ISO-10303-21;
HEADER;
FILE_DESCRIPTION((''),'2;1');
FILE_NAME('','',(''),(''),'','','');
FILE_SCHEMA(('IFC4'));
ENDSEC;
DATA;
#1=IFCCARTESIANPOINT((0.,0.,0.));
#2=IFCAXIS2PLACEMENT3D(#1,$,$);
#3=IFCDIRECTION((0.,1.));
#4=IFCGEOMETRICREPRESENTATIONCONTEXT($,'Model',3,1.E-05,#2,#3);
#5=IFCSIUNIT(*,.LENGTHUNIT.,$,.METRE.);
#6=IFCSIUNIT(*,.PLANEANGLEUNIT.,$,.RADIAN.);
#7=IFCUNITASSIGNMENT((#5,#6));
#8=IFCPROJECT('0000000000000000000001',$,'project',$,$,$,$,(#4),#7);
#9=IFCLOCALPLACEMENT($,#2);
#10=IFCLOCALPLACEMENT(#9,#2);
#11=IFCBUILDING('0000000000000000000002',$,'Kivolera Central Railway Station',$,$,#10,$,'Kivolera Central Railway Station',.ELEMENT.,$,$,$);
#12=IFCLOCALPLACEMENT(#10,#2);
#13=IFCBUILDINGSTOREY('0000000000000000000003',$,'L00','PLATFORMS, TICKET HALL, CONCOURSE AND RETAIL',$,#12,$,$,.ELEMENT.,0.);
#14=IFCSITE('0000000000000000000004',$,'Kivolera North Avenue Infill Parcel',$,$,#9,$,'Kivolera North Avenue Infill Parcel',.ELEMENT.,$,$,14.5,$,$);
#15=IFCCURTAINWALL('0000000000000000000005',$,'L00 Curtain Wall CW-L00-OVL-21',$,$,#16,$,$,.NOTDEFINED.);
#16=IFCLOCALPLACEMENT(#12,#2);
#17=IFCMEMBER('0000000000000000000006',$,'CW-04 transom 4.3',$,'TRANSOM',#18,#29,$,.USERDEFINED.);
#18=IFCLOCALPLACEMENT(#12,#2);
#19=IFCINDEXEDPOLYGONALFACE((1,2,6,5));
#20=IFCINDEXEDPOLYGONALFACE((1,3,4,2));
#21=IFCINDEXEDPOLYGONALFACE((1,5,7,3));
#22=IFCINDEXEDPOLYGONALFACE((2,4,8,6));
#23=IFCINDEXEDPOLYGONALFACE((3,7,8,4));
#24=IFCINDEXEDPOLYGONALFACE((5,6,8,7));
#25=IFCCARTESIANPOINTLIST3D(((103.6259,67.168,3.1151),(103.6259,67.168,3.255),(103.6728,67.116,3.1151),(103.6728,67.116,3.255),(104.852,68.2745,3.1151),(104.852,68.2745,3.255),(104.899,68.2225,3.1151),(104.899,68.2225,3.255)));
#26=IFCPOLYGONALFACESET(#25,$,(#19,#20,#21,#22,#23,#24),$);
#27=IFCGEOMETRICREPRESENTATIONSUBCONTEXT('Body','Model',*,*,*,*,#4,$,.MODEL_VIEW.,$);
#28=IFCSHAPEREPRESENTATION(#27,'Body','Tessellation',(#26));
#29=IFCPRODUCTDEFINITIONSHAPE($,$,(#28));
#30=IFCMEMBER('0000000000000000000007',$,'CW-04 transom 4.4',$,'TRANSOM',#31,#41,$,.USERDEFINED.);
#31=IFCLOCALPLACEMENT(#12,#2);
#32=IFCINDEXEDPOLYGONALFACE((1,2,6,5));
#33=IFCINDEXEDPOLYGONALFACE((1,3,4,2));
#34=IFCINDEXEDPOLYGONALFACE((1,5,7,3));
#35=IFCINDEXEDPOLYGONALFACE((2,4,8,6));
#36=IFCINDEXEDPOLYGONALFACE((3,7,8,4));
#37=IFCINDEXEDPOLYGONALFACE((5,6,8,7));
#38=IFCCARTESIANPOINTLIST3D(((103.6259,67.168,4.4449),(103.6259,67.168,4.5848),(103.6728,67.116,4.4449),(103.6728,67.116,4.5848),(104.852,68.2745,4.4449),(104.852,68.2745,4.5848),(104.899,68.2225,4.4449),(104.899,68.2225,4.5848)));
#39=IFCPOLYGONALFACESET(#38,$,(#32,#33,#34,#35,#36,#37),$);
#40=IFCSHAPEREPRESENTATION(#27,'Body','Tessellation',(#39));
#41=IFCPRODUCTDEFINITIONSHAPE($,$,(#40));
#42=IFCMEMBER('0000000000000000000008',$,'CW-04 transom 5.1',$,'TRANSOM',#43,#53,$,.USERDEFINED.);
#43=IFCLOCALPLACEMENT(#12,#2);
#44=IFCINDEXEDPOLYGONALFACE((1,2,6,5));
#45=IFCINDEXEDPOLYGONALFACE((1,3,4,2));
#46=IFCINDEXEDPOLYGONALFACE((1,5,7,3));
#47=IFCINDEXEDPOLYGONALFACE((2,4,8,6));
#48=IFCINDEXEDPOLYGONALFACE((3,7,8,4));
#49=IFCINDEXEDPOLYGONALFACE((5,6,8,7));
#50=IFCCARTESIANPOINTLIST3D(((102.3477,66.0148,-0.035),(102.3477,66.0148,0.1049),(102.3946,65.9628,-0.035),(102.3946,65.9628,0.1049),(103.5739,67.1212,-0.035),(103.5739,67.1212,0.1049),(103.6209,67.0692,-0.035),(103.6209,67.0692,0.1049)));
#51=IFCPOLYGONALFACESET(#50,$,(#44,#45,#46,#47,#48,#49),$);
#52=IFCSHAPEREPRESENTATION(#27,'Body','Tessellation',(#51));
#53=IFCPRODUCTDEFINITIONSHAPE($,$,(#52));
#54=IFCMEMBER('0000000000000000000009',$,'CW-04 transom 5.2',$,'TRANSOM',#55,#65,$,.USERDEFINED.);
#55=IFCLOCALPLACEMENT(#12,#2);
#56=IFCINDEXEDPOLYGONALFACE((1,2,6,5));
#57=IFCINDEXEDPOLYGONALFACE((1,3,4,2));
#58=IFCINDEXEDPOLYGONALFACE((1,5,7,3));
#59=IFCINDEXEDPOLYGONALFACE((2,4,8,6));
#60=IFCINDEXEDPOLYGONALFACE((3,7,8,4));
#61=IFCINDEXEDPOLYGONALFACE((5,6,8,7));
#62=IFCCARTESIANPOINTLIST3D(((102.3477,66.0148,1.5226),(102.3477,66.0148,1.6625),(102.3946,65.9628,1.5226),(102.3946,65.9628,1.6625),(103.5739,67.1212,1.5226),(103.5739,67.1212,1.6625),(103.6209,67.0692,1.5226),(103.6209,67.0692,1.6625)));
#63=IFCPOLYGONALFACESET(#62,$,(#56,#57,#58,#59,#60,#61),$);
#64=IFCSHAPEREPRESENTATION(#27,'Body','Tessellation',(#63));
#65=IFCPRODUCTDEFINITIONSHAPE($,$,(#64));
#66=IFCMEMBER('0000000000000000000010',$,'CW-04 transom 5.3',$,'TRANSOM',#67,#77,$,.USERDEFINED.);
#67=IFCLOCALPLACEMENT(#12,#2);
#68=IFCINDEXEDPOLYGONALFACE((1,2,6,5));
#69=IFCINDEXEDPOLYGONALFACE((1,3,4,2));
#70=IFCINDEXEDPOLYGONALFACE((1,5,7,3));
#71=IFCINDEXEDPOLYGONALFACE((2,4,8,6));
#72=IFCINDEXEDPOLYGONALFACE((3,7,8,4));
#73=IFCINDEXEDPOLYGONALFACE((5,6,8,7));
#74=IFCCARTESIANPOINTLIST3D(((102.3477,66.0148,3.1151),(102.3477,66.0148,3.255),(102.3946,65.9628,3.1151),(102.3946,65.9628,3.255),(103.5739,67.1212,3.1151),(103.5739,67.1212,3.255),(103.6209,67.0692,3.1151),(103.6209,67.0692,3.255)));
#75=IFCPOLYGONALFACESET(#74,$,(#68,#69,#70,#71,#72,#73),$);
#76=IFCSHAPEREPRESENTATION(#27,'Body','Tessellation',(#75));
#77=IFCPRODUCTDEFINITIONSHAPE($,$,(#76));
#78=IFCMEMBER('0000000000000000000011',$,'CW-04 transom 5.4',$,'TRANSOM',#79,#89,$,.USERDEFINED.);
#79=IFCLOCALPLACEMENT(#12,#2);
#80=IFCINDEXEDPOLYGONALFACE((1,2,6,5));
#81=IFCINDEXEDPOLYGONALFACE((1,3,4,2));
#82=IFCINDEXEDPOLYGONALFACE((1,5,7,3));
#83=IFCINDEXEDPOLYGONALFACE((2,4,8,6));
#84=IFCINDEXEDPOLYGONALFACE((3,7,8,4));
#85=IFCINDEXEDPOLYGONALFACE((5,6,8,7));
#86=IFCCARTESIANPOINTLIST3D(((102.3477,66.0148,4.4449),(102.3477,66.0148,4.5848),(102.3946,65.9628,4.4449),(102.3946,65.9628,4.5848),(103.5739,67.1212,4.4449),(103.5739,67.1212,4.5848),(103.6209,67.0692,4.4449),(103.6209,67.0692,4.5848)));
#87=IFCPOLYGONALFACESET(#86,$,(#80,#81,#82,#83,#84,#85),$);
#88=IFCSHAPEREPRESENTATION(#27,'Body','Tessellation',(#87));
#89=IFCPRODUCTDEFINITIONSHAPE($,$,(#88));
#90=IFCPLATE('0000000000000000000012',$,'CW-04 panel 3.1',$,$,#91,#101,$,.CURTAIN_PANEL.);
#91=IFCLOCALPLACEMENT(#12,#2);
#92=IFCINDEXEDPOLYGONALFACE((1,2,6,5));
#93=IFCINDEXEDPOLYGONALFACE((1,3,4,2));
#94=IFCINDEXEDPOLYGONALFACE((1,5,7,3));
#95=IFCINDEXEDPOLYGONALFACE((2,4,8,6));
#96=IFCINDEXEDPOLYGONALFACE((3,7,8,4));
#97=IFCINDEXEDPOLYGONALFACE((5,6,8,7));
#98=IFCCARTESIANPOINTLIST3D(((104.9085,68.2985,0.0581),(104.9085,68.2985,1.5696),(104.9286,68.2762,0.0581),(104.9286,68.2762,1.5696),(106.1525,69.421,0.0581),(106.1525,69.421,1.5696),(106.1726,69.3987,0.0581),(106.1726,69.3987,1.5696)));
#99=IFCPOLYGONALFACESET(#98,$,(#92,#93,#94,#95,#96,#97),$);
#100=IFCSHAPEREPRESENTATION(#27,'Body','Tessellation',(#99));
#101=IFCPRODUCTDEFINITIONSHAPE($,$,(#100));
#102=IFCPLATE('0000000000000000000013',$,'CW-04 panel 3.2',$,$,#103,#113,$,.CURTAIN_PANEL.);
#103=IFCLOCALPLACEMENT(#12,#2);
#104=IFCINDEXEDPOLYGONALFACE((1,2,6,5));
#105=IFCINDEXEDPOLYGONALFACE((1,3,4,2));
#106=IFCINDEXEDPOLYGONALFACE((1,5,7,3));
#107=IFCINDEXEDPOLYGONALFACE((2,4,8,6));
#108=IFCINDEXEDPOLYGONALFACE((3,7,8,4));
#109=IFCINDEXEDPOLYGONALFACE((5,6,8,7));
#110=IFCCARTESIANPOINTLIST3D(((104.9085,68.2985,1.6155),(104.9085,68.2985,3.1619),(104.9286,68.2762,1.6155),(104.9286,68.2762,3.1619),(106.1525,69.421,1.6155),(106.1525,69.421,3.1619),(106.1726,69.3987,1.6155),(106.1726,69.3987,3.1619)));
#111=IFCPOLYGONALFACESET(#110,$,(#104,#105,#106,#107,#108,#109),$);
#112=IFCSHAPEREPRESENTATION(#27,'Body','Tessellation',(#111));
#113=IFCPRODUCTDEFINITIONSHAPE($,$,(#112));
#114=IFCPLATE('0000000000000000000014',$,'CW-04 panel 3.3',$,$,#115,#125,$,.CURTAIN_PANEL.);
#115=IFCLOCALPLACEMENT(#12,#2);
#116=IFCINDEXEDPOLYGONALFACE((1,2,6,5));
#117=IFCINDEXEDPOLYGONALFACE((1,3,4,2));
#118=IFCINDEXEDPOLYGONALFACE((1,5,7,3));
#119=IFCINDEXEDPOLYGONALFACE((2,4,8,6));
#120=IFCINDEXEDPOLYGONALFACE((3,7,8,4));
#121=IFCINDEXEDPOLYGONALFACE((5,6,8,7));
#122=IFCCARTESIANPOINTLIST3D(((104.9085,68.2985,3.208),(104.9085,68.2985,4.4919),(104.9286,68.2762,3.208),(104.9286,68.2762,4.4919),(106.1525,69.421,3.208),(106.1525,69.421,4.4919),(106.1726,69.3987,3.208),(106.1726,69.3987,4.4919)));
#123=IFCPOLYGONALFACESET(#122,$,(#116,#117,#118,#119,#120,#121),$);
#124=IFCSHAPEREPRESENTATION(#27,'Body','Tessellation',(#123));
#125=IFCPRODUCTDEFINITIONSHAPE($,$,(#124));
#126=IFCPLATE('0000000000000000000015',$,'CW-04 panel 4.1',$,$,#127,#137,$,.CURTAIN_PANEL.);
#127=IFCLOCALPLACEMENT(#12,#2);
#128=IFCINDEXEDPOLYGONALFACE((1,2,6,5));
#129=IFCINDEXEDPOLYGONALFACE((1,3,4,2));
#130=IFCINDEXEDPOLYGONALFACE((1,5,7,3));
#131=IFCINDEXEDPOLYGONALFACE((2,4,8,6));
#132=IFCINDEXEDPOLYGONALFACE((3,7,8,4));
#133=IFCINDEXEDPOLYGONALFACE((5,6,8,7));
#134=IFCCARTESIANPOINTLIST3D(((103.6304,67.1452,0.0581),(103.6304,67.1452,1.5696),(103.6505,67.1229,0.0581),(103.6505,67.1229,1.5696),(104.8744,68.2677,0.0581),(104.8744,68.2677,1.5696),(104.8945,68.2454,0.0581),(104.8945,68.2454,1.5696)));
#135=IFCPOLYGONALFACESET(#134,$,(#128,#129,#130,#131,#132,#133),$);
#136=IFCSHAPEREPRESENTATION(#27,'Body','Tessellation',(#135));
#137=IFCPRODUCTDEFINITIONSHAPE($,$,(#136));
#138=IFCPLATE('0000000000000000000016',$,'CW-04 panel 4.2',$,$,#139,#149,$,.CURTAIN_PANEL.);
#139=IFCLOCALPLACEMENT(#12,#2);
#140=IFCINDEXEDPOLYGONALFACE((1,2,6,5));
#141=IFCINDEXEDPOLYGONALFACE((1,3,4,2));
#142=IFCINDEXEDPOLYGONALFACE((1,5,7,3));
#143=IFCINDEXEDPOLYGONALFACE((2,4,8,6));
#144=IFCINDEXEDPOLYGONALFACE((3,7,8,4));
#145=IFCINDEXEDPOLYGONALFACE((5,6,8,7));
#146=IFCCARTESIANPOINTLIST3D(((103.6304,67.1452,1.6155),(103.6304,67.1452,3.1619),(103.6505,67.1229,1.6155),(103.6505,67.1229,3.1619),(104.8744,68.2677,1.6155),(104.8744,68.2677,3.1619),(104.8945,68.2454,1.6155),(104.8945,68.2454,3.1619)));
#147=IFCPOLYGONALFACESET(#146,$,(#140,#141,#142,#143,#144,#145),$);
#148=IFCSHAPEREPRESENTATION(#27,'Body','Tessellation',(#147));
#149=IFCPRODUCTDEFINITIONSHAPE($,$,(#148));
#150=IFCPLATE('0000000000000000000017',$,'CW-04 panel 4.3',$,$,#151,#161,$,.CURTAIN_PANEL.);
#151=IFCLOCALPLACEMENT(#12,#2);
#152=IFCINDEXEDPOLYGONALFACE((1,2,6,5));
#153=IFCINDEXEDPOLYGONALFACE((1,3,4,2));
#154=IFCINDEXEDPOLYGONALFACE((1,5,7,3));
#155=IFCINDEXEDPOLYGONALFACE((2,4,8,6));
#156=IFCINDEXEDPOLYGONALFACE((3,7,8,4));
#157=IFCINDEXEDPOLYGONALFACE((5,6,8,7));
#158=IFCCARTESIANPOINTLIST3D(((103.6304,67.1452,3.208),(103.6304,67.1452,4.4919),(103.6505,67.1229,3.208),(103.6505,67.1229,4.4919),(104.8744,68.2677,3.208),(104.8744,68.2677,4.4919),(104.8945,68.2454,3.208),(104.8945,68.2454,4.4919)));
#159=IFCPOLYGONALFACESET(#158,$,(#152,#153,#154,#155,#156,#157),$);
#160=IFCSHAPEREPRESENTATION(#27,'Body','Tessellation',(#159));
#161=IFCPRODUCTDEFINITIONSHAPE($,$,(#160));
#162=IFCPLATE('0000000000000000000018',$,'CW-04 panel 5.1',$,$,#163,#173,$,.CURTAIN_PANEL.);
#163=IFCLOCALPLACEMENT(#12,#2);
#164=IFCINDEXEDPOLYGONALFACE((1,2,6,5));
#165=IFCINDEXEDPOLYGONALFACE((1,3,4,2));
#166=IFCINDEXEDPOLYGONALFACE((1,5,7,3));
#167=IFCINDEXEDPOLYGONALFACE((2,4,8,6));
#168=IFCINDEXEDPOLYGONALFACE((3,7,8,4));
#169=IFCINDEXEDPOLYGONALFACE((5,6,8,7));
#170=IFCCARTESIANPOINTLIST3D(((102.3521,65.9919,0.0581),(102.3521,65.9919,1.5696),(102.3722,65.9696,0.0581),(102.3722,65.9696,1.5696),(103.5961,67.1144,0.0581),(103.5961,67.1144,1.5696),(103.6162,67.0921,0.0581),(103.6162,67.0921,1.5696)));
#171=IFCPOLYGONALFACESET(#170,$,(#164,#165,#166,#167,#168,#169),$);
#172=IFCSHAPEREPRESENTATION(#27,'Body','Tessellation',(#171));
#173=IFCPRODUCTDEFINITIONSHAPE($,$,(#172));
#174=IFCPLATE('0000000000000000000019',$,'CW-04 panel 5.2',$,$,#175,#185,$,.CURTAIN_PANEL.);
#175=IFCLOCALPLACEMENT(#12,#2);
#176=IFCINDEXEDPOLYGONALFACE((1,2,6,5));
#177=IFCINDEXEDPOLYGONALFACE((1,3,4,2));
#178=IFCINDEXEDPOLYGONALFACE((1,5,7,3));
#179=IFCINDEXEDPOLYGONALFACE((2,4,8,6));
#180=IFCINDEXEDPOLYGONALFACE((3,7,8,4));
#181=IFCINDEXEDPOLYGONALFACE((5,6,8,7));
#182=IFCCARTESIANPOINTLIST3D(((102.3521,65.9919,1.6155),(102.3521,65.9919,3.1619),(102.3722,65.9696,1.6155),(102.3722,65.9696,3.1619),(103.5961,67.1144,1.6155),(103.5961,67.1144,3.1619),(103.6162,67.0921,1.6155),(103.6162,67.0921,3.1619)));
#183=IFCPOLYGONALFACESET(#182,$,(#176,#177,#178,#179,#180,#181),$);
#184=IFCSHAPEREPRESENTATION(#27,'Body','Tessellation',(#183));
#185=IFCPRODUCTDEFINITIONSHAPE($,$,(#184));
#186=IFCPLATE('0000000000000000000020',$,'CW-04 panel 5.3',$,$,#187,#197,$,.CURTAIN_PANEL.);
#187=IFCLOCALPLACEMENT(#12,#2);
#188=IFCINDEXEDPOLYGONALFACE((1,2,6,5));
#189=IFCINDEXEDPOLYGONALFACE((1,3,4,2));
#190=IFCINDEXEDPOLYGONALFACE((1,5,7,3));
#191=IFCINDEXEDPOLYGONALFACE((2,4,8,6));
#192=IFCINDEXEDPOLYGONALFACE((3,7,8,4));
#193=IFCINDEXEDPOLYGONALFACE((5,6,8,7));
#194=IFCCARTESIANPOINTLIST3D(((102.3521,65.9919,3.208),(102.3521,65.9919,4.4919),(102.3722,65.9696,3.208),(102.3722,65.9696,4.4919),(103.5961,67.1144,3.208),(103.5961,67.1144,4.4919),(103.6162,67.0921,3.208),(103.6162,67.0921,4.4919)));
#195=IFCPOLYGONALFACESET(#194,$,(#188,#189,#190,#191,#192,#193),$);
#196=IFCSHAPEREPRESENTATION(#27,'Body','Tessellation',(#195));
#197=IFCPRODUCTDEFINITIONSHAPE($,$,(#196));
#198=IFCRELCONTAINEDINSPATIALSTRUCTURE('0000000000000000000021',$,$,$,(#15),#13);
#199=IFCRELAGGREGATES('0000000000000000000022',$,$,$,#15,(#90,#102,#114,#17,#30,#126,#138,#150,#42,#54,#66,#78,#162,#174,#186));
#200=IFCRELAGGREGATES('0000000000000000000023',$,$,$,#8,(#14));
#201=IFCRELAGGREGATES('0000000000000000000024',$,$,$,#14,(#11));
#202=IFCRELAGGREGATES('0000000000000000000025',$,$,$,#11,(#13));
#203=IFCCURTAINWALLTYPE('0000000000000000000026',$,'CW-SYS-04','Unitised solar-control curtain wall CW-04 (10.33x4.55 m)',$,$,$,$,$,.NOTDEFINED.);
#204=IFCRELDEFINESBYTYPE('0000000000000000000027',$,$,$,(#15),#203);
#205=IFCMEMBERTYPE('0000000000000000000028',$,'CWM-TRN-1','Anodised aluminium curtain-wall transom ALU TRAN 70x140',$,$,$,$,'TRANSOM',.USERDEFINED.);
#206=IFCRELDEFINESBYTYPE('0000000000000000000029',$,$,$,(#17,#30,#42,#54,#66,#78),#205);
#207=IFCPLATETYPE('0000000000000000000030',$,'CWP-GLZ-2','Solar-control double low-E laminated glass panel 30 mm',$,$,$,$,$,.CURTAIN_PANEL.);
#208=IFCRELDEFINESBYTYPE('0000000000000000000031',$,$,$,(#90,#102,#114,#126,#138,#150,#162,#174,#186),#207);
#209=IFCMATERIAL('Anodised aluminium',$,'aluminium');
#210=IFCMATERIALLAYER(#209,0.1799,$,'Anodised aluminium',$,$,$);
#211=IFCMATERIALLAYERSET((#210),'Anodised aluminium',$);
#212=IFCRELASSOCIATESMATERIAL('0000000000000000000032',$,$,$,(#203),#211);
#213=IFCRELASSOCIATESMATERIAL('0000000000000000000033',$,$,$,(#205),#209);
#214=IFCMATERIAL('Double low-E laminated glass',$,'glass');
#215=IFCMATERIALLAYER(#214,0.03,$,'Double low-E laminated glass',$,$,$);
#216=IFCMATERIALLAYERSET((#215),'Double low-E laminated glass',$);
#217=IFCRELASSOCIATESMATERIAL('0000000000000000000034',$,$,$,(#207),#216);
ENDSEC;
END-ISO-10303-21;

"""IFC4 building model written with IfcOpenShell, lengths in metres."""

from ifc_helpers import new_model, si_unit, direction, frame, origin, origin_2d, place, context, subcontext, project, spatial, rectangle, extrude, material, layer, layer_set, material_profile, profile_set, type_object, element, aggregate, save


model = new_model("IFC4")

# Units and contexts
model_context = context("Model", 3, precision=1e-05, world=origin(), true_north=direction((0.0, 1.0)))
body_context = subcontext(model_context, "Body", "Model", "MODEL_VIEW")
ifc_project = project(units=[si_unit("LENGTHUNIT", "METRE"), si_unit("PLANEANGLEUNIT", "RADIAN")], contexts=[model_context])

# Site, building, storey
site_placement = place(None, origin())
site = spatial("IfcSite", under=ifc_project, at=site_placement, Name="Kivolera North Avenue Infill Parcel", LongName="Kivolera North Avenue Infill Parcel", CompositionType="ELEMENT", RefElevation=14.5)
building_placement = place(site_placement, origin())
building = spatial("IfcBuilding", under=site, at=building_placement, Name="Kivolera Central Railway Station", LongName="Kivolera Central Railway Station", CompositionType="ELEMENT")
storey_placement = place(building_placement, origin())
storey = spatial("IfcBuildingStorey", under=building, at=storey_placement, Name="L00", Description="PLATFORMS, TICKET HALL, CONCOURSE AND RETAIL", CompositionType="ELEMENT", Elevation=0.0)

# Curtain wall, members, plates
ifc_material_1 = material(Name="Anodised aluminium", Category="aluminium")
ifc_layer_1 = layer(ifc_material_1, 0.1799, Name="Anodised aluminium")
ifc_layer_set_1 = layer_set([ifc_layer_1], Name="Anodised aluminium")
curtain_wall_type = type_object("IfcCurtainWallType", Name="CW-SYS-04", Description="Unitised solar-control curtain wall CW-04 (10.33x4.55 m)", PredefinedType="NOTDEFINED", material=ifc_layer_set_1)
curtain_wall_placement = place(storey_placement, origin())
curtain_wall = element("IfcCurtainWall", 1, at=curtain_wall_placement, inside=storey, type_object=curtain_wall_type, Name="L00 Curtain Wall CW-L00-OVL-21", PredefinedType="NOTDEFINED")
ifc_material_profile_1 = material_profile(ifc_material_1, rectangle(XDim=0.0701, YDim=0.1399, at=origin_2d()), Name="ALU TRAN 70x140")
ifc_profile_set_1 = profile_set([ifc_material_profile_1], Name="Anodised aluminium")
member_type_1 = type_object("IfcMemberType", Name="CWM-TRN-1", Description="Anodised aluminium curtain-wall transom ALU TRAN 70x140", ElementType="TRANSOM", PredefinedType="USERDEFINED", material=ifc_profile_set_1)
member_1_placement = place(storey_placement, frame((104.8755, 68.2485, 3.1851), z_axis=(-0.742397, -0.669961, 0.0), x_axis=(0.669961, -0.742397, 0.0)))
member_1 = element("IfcMember", 2, at=member_1_placement, type_object=member_type_1, Name="CW-04 transom 4.3", ObjectType="TRANSOM", PredefinedType="USERDEFINED", context=body_context, shape_type="SweptSolid", body=[
    extrude(rectangle(XDim=0.0701, YDim=0.1399, at=origin_2d()), origin(), (0.0, 0.0, 1.0), 1.6516),
])
member_2_placement = place(storey_placement, frame((104.8755, 68.2485, 4.5149), z_axis=(-0.742397, -0.669961, 0.0), x_axis=(0.669961, -0.742397, 0.0)))
member_2 = element("IfcMember", 3, at=member_2_placement, type_object=member_type_1, Name="CW-04 transom 4.4", ObjectType="TRANSOM", PredefinedType="USERDEFINED", context=body_context, shape_type="SweptSolid", body=[
    extrude(rectangle(XDim=0.0701, YDim=0.1399, at=origin_2d()), origin(), (0.0, 0.0, 1.0), 1.6516),
])
member_3_placement = place(storey_placement, frame((103.5974, 67.0952, 0.0349), z_axis=(-0.742463, -0.669887, 0.0), x_axis=(0.669887, -0.742463, 0.0)))
member_3 = element("IfcMember", 4, at=member_3_placement, type_object=member_type_1, Name="CW-04 transom 5.1", ObjectType="TRANSOM", PredefinedType="USERDEFINED", context=body_context, shape_type="SweptSolid", body=[
    extrude(rectangle(XDim=0.0701, YDim=0.1399, at=origin_2d()), origin(), (0.0, 0.0, 1.0), 1.6516),
])
member_4_placement = place(storey_placement, frame((103.5974, 67.0952, 1.5925), z_axis=(-0.742463, -0.669887, 0.0), x_axis=(0.669887, -0.742463, 0.0)))
member_4 = element("IfcMember", 5, at=member_4_placement, type_object=member_type_1, Name="CW-04 transom 5.2", ObjectType="TRANSOM", PredefinedType="USERDEFINED", context=body_context, shape_type="SweptSolid", body=[
    extrude(rectangle(XDim=0.0701, YDim=0.1399, at=origin_2d()), origin(), (0.0, 0.0, 1.0), 1.6516),
])
member_5_placement = place(storey_placement, frame((103.5974, 67.0952, 3.1851), z_axis=(-0.742463, -0.669887, 0.0), x_axis=(0.669887, -0.742463, 0.0)))
member_5 = element("IfcMember", 6, at=member_5_placement, type_object=member_type_1, Name="CW-04 transom 5.3", ObjectType="TRANSOM", PredefinedType="USERDEFINED", context=body_context, shape_type="SweptSolid", body=[
    extrude(rectangle(XDim=0.0701, YDim=0.1399, at=origin_2d()), origin(), (0.0, 0.0, 1.0), 1.6516),
])
member_6_placement = place(storey_placement, frame((103.5974, 67.0952, 4.5149), z_axis=(-0.742463, -0.669887, 0.0), x_axis=(0.669887, -0.742463, 0.0)))
member_6 = element("IfcMember", 7, at=member_6_placement, type_object=member_type_1, Name="CW-04 transom 5.4", ObjectType="TRANSOM", PredefinedType="USERDEFINED", context=body_context, shape_type="SweptSolid", body=[
    extrude(rectangle(XDim=0.0701, YDim=0.1399, at=origin_2d()), origin(), (0.0, 0.0, 1.0), 1.6516),
])
ifc_material_2 = material(Name="Double low-E laminated glass", Category="glass")
ifc_layer_2 = layer(ifc_material_2, 0.03, Name="Double low-E laminated glass")
ifc_layer_set_2 = layer_set([ifc_layer_2], Name="Double low-E laminated glass")
plate_type = type_object("IfcPlateType", Name="CWP-GLZ-2", Description="Solar-control double low-E laminated glass panel 30 mm", PredefinedType="CURTAIN_PANEL", material=ifc_layer_set_2)
plate_1_placement = place(storey_placement, frame((105.5405, 68.8486, 0.0581), z_axis=(0.0, 0.0, 1.0), x_axis=(-0.742432, -0.669922, 0.0)))
plate_1 = element("IfcPlate", 8, at=plate_1_placement, type_object=plate_type, Name="CW-04 panel 3.1", PredefinedType="CURTAIN_PANEL", context=body_context, shape_type="SweptSolid", body=[
    extrude(rectangle(XDim=1.6755, YDim=0.03, at=origin_2d()), origin(), (0.0, 0.0, 1.0), 1.5115),
])
plate_2_placement = place(storey_placement, frame((105.5405, 68.8486, 1.6155), z_axis=(0.0, 0.0, 1.0), x_axis=(-0.742432, -0.669922, 0.0)))
plate_2 = element("IfcPlate", 9, at=plate_2_placement, type_object=plate_type, Name="CW-04 panel 3.2", PredefinedType="CURTAIN_PANEL", context=body_context, shape_type="SweptSolid", body=[
    extrude(rectangle(XDim=1.6755, YDim=0.03, at=origin_2d()), origin(), (0.0, 0.0, 1.0), 1.5464),
])
plate_3_placement = place(storey_placement, frame((105.5405, 68.8486, 3.208), z_axis=(0.0, 0.0, 1.0), x_axis=(-0.742432, -0.669922, 0.0)))
plate_3 = element("IfcPlate", 10, at=plate_3_placement, type_object=plate_type, Name="CW-04 panel 3.3", PredefinedType="CURTAIN_PANEL", context=body_context, shape_type="SweptSolid", body=[
    extrude(rectangle(XDim=1.6755, YDim=0.03, at=origin_2d()), origin(), (0.0, 0.0, 1.0), 1.2839),
])
plate_4_placement = place(storey_placement, frame((104.2625, 67.6953, 0.0581), z_axis=(0.0, 0.0, 1.0), x_axis=(-0.742432, -0.669922, 0.0)))
plate_4 = element("IfcPlate", 11, at=plate_4_placement, type_object=plate_type, Name="CW-04 panel 4.1", PredefinedType="CURTAIN_PANEL", context=body_context, shape_type="SweptSolid", body=[
    extrude(rectangle(XDim=1.6755, YDim=0.03, at=origin_2d()), origin(), (0.0, 0.0, 1.0), 1.5115),
])
plate_5_placement = place(storey_placement, frame((104.2625, 67.6953, 1.6155), z_axis=(0.0, 0.0, 1.0), x_axis=(-0.742432, -0.669922, 0.0)))
plate_5 = element("IfcPlate", 12, at=plate_5_placement, type_object=plate_type, Name="CW-04 panel 4.2", PredefinedType="CURTAIN_PANEL", context=body_context, shape_type="SweptSolid", body=[
    extrude(rectangle(XDim=1.6755, YDim=0.03, at=origin_2d()), origin(), (0.0, 0.0, 1.0), 1.5464),
])
plate_6_placement = place(storey_placement, frame((104.2625, 67.6953, 3.208), z_axis=(0.0, 0.0, 1.0), x_axis=(-0.742432, -0.669922, 0.0)))
plate_6 = element("IfcPlate", 13, at=plate_6_placement, type_object=plate_type, Name="CW-04 panel 4.3", PredefinedType="CURTAIN_PANEL", context=body_context, shape_type="SweptSolid", body=[
    extrude(rectangle(XDim=1.6755, YDim=0.03, at=origin_2d()), origin(), (0.0, 0.0, 1.0), 1.2839),
])
plate_7_placement = place(storey_placement, frame((102.9841, 66.542, 0.0581), z_axis=(0.0, 0.0, 1.0), x_axis=(-0.742432, -0.669922, 0.0)))
plate_7 = element("IfcPlate", 14, at=plate_7_placement, type_object=plate_type, Name="CW-04 panel 5.1", PredefinedType="CURTAIN_PANEL", context=body_context, shape_type="SweptSolid", body=[
    extrude(rectangle(XDim=1.6755, YDim=0.03, at=origin_2d()), origin(), (0.0, 0.0, 1.0), 1.5115),
])
plate_8_placement = place(storey_placement, frame((102.9841, 66.542, 1.6155), z_axis=(0.0, 0.0, 1.0), x_axis=(-0.742432, -0.669922, 0.0)))
plate_8 = element("IfcPlate", 15, at=plate_8_placement, type_object=plate_type, Name="CW-04 panel 5.2", PredefinedType="CURTAIN_PANEL", context=body_context, shape_type="SweptSolid", body=[
    extrude(rectangle(XDim=1.6755, YDim=0.03, at=origin_2d()), origin(), (0.0, 0.0, 1.0), 1.5464),
])
plate_9_placement = place(storey_placement, frame((102.9841, 66.542, 3.208), z_axis=(0.0, 0.0, 1.0), x_axis=(-0.742432, -0.669922, 0.0)))
plate_9 = element("IfcPlate", 16, at=plate_9_placement, type_object=plate_type, Name="CW-04 panel 5.3", PredefinedType="CURTAIN_PANEL", context=body_context, shape_type="SweptSolid", body=[
    extrude(rectangle(XDim=1.6755, YDim=0.03, at=origin_2d()), origin(), (0.0, 0.0, 1.0), 1.2839),
])
aggregate(curtain_wall, [plate_1, plate_2, plate_3, member_1, member_2, plate_4, plate_5, plate_6, member_3, member_4, member_5, member_6, plate_7, plate_8, plate_9])

save(model, "model.ifc")
